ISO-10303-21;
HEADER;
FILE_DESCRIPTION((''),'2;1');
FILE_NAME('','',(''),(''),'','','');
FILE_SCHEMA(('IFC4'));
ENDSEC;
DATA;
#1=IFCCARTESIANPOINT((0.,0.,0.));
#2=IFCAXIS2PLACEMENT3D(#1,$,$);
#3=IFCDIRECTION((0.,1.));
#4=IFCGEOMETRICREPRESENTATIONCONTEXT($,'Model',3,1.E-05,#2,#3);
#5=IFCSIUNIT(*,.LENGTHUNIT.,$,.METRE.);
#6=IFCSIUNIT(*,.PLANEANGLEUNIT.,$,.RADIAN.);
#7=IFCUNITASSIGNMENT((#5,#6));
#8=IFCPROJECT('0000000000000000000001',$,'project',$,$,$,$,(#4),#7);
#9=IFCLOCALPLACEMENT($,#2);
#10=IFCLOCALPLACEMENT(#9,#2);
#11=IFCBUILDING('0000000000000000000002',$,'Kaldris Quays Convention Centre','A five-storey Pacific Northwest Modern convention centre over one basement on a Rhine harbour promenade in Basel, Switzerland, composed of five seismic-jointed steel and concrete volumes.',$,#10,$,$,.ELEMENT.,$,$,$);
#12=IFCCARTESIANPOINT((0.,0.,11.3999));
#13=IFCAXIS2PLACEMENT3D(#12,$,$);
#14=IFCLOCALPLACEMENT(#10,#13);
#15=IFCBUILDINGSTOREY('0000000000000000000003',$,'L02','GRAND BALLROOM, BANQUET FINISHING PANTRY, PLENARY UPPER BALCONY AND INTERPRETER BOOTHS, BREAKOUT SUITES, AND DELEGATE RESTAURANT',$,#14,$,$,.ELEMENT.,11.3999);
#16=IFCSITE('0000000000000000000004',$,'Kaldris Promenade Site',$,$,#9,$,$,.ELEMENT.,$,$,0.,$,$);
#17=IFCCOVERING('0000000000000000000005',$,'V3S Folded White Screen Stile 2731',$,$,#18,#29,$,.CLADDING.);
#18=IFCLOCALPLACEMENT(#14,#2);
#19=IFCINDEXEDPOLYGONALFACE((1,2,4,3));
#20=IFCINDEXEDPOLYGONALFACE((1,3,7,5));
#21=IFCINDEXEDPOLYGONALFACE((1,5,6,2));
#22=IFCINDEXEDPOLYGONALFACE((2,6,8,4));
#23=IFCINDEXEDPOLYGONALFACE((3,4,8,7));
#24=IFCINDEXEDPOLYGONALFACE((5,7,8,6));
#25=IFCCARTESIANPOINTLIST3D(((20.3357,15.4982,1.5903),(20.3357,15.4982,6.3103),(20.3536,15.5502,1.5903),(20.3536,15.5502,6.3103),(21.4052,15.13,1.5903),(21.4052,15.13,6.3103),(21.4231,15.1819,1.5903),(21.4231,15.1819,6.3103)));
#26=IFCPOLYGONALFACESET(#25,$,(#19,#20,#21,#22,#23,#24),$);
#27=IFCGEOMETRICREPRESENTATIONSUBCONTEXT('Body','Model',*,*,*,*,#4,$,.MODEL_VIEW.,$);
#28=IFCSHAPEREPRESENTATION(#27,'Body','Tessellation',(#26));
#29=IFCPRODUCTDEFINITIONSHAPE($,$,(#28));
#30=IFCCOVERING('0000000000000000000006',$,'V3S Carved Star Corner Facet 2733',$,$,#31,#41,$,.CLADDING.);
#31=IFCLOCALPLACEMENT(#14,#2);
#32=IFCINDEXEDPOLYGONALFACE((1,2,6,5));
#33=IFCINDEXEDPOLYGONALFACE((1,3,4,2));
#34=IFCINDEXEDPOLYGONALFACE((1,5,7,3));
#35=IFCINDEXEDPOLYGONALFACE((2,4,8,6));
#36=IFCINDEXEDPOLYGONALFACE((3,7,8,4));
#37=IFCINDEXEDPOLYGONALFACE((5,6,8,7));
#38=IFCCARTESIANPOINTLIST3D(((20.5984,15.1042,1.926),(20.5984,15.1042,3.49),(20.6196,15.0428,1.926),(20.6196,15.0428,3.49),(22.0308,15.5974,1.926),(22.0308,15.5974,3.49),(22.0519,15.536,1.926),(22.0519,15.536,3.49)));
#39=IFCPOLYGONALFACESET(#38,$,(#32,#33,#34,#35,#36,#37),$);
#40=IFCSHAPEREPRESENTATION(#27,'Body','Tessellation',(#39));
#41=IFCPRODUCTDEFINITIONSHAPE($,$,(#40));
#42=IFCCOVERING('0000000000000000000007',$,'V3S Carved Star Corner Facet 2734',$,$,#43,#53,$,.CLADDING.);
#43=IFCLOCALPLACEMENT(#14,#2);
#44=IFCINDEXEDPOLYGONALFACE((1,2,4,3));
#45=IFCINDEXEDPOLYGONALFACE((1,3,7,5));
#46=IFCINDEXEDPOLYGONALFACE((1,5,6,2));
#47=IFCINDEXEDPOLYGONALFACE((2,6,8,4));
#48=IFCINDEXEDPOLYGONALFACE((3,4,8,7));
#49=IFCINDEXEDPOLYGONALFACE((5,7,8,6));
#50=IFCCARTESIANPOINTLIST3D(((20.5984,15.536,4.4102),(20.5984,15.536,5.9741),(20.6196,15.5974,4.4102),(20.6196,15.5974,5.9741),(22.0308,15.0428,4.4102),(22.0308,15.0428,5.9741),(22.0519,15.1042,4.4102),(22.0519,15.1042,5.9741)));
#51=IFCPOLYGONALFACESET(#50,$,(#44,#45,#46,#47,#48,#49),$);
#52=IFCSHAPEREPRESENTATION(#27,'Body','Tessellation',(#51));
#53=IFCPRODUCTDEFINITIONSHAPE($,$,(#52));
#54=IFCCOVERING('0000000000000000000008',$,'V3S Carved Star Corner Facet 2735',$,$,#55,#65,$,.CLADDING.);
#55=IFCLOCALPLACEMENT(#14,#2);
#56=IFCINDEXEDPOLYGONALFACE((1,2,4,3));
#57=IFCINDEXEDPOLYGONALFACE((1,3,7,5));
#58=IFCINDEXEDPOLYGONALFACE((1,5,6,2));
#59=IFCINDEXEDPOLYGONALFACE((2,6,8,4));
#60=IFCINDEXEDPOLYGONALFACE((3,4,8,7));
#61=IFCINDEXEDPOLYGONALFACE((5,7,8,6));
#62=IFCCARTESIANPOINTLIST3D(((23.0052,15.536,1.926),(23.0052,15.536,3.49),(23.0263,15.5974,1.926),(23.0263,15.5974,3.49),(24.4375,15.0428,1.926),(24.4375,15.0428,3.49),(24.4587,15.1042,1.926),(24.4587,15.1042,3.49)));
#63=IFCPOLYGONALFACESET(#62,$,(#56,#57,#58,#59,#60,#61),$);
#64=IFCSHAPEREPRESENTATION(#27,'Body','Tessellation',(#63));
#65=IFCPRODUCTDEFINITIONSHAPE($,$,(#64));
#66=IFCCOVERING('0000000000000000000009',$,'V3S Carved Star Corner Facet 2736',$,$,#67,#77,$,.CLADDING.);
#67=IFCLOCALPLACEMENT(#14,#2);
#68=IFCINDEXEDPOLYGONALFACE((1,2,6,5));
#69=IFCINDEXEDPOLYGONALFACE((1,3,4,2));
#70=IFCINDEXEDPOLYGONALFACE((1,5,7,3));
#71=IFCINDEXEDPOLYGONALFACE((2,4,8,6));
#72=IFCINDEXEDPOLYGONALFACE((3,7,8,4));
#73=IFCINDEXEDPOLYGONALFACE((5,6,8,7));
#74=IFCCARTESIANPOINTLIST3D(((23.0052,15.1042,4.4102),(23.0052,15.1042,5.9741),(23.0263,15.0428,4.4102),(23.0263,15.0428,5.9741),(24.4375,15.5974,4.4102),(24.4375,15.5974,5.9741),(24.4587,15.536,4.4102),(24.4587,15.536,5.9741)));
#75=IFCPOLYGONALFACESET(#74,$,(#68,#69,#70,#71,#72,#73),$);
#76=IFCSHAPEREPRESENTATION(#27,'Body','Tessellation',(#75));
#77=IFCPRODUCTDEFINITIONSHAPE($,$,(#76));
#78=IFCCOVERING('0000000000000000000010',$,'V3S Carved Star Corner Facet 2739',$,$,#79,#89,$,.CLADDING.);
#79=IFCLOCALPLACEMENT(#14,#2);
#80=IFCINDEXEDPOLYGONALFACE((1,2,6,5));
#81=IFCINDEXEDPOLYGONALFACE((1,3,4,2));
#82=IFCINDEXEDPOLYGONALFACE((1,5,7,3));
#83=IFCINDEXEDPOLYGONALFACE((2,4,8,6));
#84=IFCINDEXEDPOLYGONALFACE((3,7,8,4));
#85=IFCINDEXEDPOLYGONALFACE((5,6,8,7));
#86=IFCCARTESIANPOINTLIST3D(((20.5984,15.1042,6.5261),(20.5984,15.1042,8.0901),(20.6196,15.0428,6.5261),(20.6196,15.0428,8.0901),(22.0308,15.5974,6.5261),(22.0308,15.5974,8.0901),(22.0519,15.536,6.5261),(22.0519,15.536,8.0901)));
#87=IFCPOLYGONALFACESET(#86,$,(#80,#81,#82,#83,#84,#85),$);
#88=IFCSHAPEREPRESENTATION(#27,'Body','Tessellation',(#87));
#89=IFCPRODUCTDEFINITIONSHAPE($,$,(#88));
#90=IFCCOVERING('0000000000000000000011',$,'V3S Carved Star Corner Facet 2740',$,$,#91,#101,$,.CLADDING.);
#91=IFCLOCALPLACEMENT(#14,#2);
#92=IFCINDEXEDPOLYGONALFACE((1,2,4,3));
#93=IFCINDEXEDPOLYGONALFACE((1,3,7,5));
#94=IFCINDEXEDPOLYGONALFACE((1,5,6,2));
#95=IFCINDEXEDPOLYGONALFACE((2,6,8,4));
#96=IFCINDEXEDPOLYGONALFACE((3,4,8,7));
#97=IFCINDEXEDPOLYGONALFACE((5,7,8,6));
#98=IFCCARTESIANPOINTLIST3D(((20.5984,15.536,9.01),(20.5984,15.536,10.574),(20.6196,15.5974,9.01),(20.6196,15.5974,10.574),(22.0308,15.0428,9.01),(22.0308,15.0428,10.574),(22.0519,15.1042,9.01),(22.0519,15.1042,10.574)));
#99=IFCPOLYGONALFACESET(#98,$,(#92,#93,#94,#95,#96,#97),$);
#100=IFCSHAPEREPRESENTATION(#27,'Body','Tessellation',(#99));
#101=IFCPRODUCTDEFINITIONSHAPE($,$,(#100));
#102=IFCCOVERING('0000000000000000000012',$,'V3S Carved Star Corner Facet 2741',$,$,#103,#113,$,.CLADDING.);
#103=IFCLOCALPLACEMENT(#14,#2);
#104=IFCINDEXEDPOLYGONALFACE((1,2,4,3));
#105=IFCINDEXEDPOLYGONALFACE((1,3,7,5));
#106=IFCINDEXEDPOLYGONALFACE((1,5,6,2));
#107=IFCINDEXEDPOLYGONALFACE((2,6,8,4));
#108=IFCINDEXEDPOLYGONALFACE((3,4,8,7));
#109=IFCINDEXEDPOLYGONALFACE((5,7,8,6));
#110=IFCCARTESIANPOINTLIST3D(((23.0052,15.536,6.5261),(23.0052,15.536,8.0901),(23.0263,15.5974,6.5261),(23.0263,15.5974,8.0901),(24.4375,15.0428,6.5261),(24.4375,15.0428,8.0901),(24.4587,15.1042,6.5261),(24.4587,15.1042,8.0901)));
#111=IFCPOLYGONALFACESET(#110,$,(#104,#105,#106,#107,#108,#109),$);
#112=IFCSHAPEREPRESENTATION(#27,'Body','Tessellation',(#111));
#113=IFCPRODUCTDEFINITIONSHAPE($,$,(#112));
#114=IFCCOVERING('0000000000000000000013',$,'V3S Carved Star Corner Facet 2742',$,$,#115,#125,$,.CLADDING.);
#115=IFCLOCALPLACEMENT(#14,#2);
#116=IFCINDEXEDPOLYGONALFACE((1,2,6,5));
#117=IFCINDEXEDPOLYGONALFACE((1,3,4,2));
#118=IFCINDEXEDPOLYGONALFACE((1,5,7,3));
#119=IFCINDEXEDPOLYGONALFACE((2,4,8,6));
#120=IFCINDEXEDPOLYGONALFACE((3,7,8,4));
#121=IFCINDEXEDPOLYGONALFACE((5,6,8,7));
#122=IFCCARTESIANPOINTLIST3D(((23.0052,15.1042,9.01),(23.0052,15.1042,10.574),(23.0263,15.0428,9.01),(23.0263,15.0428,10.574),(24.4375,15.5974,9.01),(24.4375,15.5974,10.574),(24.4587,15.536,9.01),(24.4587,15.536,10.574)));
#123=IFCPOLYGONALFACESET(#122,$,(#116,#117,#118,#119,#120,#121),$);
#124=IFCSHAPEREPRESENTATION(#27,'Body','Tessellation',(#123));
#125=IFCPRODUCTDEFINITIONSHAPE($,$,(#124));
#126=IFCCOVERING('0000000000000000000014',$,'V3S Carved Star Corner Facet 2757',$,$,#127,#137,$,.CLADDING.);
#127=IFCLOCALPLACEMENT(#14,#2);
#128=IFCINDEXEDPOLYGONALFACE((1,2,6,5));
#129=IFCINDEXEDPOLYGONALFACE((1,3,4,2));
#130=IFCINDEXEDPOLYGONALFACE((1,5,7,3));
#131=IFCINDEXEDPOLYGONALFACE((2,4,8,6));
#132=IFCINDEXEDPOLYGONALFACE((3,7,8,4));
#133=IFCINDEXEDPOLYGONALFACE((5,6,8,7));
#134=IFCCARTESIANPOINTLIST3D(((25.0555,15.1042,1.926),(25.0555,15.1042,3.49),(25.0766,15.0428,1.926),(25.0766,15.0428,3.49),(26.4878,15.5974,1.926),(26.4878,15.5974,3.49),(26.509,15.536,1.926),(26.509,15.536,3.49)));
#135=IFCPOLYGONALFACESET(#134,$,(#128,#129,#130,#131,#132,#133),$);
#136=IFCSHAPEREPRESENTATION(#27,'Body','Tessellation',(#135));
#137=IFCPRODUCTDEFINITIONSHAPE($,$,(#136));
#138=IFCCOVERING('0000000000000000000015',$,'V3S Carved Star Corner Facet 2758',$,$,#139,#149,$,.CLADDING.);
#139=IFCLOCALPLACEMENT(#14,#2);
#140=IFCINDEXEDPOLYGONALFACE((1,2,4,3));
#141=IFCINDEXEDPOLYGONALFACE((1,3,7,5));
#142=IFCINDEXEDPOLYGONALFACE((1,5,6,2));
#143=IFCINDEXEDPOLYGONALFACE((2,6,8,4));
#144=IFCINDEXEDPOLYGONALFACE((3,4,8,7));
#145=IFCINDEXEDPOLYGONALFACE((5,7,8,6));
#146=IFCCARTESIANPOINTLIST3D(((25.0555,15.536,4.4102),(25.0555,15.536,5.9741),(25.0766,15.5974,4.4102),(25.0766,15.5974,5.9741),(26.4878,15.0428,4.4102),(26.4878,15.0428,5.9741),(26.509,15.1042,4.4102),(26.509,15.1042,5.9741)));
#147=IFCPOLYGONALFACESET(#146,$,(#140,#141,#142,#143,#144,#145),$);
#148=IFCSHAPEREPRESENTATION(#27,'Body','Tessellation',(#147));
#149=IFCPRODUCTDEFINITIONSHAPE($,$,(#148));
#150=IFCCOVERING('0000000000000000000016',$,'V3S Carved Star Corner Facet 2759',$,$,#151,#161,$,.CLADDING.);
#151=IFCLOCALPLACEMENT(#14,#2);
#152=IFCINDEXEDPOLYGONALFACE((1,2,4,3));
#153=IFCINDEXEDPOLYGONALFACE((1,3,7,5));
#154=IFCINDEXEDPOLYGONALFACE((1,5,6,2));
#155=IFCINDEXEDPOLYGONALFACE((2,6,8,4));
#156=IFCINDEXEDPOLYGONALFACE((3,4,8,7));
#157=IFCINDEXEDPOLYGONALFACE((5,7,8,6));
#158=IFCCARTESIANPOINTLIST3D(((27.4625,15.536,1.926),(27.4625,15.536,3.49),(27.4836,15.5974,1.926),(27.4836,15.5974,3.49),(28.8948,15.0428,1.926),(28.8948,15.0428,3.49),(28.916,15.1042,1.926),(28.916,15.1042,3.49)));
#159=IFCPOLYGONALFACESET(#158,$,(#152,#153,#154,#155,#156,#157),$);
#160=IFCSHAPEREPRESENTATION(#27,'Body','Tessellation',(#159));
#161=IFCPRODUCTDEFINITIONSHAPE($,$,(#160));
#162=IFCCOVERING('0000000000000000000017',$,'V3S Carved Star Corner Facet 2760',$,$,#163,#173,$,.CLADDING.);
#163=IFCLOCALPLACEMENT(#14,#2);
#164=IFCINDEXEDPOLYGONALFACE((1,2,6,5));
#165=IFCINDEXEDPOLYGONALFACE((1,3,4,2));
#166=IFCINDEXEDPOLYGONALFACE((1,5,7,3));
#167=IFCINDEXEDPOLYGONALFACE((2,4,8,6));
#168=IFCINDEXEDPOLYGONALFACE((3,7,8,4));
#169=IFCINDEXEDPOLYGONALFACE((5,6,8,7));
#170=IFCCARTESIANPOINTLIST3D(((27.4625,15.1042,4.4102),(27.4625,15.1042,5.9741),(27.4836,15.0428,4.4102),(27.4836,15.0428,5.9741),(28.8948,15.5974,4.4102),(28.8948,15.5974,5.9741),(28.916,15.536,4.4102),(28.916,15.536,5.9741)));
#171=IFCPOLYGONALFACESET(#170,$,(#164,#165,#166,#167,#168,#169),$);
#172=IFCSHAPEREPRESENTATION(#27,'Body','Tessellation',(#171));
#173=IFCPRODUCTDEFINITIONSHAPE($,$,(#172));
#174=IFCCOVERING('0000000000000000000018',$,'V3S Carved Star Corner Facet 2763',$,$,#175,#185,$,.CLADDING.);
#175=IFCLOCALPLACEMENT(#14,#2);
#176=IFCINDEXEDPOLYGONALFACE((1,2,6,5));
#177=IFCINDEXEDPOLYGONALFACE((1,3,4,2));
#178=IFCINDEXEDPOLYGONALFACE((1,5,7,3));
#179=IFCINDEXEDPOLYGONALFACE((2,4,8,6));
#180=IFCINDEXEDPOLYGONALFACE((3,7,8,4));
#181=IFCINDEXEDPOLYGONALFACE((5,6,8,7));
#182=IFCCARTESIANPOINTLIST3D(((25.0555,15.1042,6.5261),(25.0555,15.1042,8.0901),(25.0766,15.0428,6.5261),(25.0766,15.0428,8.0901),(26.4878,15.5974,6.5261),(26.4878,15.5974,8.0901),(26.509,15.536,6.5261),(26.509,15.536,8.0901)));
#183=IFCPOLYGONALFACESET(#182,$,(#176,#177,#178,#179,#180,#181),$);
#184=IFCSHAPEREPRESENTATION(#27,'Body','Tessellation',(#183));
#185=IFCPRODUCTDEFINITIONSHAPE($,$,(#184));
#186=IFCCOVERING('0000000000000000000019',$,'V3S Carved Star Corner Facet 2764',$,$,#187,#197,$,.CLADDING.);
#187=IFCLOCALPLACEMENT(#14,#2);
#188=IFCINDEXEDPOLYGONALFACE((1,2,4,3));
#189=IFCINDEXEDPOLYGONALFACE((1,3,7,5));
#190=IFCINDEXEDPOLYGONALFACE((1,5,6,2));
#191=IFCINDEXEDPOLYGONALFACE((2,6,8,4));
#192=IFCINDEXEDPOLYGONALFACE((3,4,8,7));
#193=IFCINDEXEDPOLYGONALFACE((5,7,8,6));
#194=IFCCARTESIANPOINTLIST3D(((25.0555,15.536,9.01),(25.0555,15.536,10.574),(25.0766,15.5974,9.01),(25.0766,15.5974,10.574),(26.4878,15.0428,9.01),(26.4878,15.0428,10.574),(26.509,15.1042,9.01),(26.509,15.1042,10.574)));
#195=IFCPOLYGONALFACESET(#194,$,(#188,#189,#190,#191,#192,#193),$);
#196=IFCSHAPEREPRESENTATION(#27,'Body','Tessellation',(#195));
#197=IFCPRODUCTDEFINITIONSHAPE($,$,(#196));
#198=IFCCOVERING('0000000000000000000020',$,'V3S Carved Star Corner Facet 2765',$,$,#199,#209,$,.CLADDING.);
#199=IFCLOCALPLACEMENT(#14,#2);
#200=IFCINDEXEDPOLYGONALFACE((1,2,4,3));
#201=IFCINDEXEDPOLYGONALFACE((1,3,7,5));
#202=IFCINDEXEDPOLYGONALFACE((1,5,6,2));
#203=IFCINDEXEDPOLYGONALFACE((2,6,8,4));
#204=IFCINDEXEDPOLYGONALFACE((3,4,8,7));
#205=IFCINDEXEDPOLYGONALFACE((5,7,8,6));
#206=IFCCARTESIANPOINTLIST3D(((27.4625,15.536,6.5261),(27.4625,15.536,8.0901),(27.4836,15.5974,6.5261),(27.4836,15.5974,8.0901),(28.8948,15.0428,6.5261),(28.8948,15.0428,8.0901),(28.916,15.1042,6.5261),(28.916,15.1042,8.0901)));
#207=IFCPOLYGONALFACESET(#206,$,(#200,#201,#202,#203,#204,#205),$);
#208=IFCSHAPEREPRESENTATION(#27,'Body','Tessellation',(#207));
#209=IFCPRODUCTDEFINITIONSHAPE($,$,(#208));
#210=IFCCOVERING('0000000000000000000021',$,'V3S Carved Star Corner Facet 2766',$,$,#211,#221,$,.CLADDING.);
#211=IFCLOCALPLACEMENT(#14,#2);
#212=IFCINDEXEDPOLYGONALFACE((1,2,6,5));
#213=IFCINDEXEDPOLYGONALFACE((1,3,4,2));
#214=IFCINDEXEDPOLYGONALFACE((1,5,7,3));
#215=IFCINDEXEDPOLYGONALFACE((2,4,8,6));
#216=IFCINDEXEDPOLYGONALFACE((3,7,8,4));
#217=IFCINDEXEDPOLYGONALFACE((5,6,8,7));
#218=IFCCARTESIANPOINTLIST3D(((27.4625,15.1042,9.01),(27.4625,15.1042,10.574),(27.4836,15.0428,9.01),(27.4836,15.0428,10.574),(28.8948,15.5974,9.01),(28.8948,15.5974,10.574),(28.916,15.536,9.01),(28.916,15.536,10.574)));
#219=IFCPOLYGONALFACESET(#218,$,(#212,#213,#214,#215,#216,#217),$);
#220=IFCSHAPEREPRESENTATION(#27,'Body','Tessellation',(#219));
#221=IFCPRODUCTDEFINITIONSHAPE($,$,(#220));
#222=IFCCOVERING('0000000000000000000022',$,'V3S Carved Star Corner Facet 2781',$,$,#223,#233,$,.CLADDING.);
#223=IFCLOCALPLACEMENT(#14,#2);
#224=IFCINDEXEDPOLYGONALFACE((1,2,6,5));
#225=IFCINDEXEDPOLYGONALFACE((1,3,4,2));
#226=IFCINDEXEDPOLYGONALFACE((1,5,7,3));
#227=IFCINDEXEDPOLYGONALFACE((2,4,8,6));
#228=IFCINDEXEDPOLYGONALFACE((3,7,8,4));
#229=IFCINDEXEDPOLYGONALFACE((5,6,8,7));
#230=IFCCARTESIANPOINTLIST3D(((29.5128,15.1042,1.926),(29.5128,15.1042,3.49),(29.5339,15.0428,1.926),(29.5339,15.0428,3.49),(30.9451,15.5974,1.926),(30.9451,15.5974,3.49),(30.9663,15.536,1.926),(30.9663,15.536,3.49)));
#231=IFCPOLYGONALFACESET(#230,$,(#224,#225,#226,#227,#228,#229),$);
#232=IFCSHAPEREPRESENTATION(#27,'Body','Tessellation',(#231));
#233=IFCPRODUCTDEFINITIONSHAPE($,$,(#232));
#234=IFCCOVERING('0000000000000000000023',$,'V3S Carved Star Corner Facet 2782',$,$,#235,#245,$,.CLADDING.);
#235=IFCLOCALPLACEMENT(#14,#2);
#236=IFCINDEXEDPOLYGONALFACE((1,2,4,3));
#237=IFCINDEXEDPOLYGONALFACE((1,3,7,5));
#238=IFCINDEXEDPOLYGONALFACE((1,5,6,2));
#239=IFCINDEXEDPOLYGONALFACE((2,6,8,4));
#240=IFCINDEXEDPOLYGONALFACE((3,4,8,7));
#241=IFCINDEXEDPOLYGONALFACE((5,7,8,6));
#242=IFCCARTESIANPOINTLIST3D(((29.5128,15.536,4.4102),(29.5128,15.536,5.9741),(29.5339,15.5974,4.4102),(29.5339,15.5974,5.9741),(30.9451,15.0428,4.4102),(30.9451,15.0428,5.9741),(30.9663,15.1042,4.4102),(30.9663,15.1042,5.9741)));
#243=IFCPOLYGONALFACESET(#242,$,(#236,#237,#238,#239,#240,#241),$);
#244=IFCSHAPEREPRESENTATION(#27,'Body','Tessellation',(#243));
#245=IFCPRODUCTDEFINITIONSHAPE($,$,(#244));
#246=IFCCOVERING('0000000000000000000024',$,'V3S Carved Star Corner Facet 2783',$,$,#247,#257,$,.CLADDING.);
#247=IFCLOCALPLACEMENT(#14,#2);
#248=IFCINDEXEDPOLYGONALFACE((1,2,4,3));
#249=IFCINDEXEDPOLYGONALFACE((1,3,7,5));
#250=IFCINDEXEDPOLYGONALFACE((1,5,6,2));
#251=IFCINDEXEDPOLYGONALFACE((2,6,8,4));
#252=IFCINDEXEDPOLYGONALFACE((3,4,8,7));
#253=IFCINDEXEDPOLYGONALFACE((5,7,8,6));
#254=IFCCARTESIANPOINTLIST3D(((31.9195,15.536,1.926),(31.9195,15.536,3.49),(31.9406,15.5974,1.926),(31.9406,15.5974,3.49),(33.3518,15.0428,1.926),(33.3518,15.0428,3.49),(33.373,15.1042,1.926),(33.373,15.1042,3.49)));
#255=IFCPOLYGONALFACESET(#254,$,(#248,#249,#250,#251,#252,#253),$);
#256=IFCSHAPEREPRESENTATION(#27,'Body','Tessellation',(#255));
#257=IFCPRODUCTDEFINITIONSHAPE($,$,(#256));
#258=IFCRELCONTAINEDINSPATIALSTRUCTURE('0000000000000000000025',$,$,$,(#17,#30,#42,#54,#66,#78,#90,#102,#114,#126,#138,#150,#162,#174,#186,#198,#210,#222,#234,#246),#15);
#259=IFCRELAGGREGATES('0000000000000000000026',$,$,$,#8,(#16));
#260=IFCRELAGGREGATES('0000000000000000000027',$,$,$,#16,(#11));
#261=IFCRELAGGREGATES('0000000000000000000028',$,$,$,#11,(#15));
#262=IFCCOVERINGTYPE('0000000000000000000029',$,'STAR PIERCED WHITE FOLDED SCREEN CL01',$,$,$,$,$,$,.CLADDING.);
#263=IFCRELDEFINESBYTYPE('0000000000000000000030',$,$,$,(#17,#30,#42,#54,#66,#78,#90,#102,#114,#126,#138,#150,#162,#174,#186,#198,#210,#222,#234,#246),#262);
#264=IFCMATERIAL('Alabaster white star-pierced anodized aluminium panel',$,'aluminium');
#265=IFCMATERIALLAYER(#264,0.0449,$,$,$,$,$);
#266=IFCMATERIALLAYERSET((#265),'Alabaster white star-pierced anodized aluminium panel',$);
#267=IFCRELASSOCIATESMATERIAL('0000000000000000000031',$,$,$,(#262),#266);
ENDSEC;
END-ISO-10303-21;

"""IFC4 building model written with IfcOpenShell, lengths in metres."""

from ifc_helpers import new_model, si_unit, direction, frame, origin, origin_2d, place, context, subcontext, project, spatial, rectangle, extrude, material, layer, layer_set, type_object, element, save


model = new_model("IFC4")

# Units and contexts
model_context = context("Model", 3, precision=1e-05, world=origin(), true_north=direction((0.0, 1.0)))
body_context = subcontext(model_context, "Body", "Model", "MODEL_VIEW")
ifc_project = project(units=[si_unit("LENGTHUNIT", "METRE"), si_unit("PLANEANGLEUNIT", "RADIAN")], contexts=[model_context])

# Site, building, storey
site_placement = place(None, origin())
site = spatial("IfcSite", under=ifc_project, at=site_placement, Name="Kaldris Promenade Site", CompositionType="ELEMENT", RefElevation=0.0)
building_placement = place(site_placement, origin())
building = spatial("IfcBuilding", under=site, at=building_placement, Name="Kaldris Quays Convention Centre", Description="A five-storey Pacific Northwest Modern convention centre over one basement on a Rhine harbour promenade in Basel, Switzerland, composed of five seismic-jointed steel and concrete volumes.", CompositionType="ELEMENT")
storey_placement = place(building_placement, frame((0.0, 0.0, 11.3999)))
storey = spatial("IfcBuildingStorey", under=building, at=storey_placement, Name="L02", Description="GRAND BALLROOM, BANQUET FINISHING PANTRY, PLENARY UPPER BALCONY AND INTERPRETER BOOTHS, BREAKOUT SUITES, AND DELEGATE RESTAURANT", CompositionType="ELEMENT", Elevation=11.3999)

# Coverings
ifc_material = material(Name="Alabaster white star-pierced anodized aluminium panel", Category="aluminium")
ifc_layer = layer(ifc_material, 0.0449)
ifc_layer_set = layer_set([ifc_layer], Name="Alabaster white star-pierced anodized aluminium panel")
covering_type = type_object("IfcCoveringType", Name="STAR PIERCED WHITE FOLDED SCREEN CL01", PredefinedType="CLADDING", material=ifc_layer_set)
covering_placement = place(storey_placement, frame((20.8794, 15.3401, 1.5903), z_axis=(0.0, 0.0, 1.0), x_axis=(0.945519, -0.325568, 0.0)))
element("IfcCovering", 1, at=covering_placement, inside=storey, type_object=covering_type, Name="V3S Folded White Screen Stile 2731", PredefinedType="CLADDING", context=body_context, shape_type="SweptSolid", body=[
    extrude(rectangle(XDim=1.1311, YDim=0.0549, at=origin_2d()), origin(), (0.0, 0.0, 1.0), 4.72),
])
for number, where, z_axis, x_axis, name in (
    (2, (21.3252, 15.3201, 1.926), (0.0, 0.0, 1.0), (0.945519, 0.325568, 0.0), "V3S Carved Star Corner Facet 2733"),
    (3, (21.3252, 15.3201, 4.4102), (0.0, 0.0, 1.0), (0.945519, -0.325568, 0.0), "V3S Carved Star Corner Facet 2734"),
    (4, (23.7319, 15.3201, 1.926), (0.0, 0.0, 1.0), (0.945519, -0.325568, 0.0), "V3S Carved Star Corner Facet 2735"),
    (5, (23.7319, 15.3201, 4.4102), (0.0, 0.0, 1.0), (0.945519, 0.325568, 0.0), "V3S Carved Star Corner Facet 2736"),
    (6, (21.3252, 15.3201, 6.5261), (0.0, 0.0, 1.0), (0.945519, 0.325568, 0.0), "V3S Carved Star Corner Facet 2739"),
    (7, (21.3252, 15.3201, 9.01), (0.0, 0.0, 1.0), (0.945519, -0.325568, 0.0), "V3S Carved Star Corner Facet 2740"),
    (8, (23.7319, 15.3201, 6.5261), (0.0, 0.0, 1.0), (0.945519, -0.325568, 0.0), "V3S Carved Star Corner Facet 2741"),
    (9, (23.7319, 15.3201, 9.01), (0.0, 0.0, 1.0), (0.945519, 0.325568, 0.0), "V3S Carved Star Corner Facet 2742"),
    (10, (25.7822, 15.3201, 1.926), (0.0, 0.0, 1.0), (0.945519, 0.325568, 0.0), "V3S Carved Star Corner Facet 2757"),
    (11, (25.7822, 15.3201, 4.4102), (0.0, 0.0, 1.0), (0.945519, -0.325568, 0.0), "V3S Carved Star Corner Facet 2758"),
    (12, (28.1892, 15.3201, 1.926), (0.0, 0.0, 1.0), (0.945519, -0.325568, 0.0), "V3S Carved Star Corner Facet 2759"),
    (13, (28.1892, 15.3201, 4.4102), (0.0, 0.0, 1.0), (0.945519, 0.325568, 0.0), "V3S Carved Star Corner Facet 2760"),
    (14, (25.7822, 15.3201, 6.5261), (0.0, 0.0, 1.0), (0.945519, 0.325568, 0.0), "V3S Carved Star Corner Facet 2763"),
    (15, (25.7822, 15.3201, 9.01), (0.0, 0.0, 1.0), (0.945519, -0.325568, 0.0), "V3S Carved Star Corner Facet 2764"),
    (16, (28.1892, 15.3201, 6.5261), (0.0, 0.0, 1.0), (0.945519, -0.325568, 0.0), "V3S Carved Star Corner Facet 2765"),
    (17, (28.1892, 15.3201, 9.01), (0.0, 0.0, 1.0), (0.945519, 0.325568, 0.0), "V3S Carved Star Corner Facet 2766"),
    (18, (30.2395, 15.3201, 1.926), (0.0, 0.0, 1.0), (0.945519, 0.325568, 0.0), "V3S Carved Star Corner Facet 2781"),
    (19, (30.2395, 15.3201, 4.4102), (0.0, 0.0, 1.0), (0.945519, -0.325568, 0.0), "V3S Carved Star Corner Facet 2782"),
    (20, (32.6462, 15.3201, 1.926), (0.0, 0.0, 1.0), (0.945519, -0.325568, 0.0), "V3S Carved Star Corner Facet 2783"),
):
    element("IfcCovering", number, at=place(storey_placement, frame(where, z_axis=z_axis, x_axis=x_axis)), inside=storey, type_object=covering_type, Name=name, PredefinedType="CLADDING", context=body_context, shape_type="SweptSolid", body=[
        extrude(rectangle(XDim=1.5149, YDim=0.0649, at=origin_2d()), origin(), (0.0, 0.0, 1.0), 1.564),
    ])

save(model, "model.ifc")
